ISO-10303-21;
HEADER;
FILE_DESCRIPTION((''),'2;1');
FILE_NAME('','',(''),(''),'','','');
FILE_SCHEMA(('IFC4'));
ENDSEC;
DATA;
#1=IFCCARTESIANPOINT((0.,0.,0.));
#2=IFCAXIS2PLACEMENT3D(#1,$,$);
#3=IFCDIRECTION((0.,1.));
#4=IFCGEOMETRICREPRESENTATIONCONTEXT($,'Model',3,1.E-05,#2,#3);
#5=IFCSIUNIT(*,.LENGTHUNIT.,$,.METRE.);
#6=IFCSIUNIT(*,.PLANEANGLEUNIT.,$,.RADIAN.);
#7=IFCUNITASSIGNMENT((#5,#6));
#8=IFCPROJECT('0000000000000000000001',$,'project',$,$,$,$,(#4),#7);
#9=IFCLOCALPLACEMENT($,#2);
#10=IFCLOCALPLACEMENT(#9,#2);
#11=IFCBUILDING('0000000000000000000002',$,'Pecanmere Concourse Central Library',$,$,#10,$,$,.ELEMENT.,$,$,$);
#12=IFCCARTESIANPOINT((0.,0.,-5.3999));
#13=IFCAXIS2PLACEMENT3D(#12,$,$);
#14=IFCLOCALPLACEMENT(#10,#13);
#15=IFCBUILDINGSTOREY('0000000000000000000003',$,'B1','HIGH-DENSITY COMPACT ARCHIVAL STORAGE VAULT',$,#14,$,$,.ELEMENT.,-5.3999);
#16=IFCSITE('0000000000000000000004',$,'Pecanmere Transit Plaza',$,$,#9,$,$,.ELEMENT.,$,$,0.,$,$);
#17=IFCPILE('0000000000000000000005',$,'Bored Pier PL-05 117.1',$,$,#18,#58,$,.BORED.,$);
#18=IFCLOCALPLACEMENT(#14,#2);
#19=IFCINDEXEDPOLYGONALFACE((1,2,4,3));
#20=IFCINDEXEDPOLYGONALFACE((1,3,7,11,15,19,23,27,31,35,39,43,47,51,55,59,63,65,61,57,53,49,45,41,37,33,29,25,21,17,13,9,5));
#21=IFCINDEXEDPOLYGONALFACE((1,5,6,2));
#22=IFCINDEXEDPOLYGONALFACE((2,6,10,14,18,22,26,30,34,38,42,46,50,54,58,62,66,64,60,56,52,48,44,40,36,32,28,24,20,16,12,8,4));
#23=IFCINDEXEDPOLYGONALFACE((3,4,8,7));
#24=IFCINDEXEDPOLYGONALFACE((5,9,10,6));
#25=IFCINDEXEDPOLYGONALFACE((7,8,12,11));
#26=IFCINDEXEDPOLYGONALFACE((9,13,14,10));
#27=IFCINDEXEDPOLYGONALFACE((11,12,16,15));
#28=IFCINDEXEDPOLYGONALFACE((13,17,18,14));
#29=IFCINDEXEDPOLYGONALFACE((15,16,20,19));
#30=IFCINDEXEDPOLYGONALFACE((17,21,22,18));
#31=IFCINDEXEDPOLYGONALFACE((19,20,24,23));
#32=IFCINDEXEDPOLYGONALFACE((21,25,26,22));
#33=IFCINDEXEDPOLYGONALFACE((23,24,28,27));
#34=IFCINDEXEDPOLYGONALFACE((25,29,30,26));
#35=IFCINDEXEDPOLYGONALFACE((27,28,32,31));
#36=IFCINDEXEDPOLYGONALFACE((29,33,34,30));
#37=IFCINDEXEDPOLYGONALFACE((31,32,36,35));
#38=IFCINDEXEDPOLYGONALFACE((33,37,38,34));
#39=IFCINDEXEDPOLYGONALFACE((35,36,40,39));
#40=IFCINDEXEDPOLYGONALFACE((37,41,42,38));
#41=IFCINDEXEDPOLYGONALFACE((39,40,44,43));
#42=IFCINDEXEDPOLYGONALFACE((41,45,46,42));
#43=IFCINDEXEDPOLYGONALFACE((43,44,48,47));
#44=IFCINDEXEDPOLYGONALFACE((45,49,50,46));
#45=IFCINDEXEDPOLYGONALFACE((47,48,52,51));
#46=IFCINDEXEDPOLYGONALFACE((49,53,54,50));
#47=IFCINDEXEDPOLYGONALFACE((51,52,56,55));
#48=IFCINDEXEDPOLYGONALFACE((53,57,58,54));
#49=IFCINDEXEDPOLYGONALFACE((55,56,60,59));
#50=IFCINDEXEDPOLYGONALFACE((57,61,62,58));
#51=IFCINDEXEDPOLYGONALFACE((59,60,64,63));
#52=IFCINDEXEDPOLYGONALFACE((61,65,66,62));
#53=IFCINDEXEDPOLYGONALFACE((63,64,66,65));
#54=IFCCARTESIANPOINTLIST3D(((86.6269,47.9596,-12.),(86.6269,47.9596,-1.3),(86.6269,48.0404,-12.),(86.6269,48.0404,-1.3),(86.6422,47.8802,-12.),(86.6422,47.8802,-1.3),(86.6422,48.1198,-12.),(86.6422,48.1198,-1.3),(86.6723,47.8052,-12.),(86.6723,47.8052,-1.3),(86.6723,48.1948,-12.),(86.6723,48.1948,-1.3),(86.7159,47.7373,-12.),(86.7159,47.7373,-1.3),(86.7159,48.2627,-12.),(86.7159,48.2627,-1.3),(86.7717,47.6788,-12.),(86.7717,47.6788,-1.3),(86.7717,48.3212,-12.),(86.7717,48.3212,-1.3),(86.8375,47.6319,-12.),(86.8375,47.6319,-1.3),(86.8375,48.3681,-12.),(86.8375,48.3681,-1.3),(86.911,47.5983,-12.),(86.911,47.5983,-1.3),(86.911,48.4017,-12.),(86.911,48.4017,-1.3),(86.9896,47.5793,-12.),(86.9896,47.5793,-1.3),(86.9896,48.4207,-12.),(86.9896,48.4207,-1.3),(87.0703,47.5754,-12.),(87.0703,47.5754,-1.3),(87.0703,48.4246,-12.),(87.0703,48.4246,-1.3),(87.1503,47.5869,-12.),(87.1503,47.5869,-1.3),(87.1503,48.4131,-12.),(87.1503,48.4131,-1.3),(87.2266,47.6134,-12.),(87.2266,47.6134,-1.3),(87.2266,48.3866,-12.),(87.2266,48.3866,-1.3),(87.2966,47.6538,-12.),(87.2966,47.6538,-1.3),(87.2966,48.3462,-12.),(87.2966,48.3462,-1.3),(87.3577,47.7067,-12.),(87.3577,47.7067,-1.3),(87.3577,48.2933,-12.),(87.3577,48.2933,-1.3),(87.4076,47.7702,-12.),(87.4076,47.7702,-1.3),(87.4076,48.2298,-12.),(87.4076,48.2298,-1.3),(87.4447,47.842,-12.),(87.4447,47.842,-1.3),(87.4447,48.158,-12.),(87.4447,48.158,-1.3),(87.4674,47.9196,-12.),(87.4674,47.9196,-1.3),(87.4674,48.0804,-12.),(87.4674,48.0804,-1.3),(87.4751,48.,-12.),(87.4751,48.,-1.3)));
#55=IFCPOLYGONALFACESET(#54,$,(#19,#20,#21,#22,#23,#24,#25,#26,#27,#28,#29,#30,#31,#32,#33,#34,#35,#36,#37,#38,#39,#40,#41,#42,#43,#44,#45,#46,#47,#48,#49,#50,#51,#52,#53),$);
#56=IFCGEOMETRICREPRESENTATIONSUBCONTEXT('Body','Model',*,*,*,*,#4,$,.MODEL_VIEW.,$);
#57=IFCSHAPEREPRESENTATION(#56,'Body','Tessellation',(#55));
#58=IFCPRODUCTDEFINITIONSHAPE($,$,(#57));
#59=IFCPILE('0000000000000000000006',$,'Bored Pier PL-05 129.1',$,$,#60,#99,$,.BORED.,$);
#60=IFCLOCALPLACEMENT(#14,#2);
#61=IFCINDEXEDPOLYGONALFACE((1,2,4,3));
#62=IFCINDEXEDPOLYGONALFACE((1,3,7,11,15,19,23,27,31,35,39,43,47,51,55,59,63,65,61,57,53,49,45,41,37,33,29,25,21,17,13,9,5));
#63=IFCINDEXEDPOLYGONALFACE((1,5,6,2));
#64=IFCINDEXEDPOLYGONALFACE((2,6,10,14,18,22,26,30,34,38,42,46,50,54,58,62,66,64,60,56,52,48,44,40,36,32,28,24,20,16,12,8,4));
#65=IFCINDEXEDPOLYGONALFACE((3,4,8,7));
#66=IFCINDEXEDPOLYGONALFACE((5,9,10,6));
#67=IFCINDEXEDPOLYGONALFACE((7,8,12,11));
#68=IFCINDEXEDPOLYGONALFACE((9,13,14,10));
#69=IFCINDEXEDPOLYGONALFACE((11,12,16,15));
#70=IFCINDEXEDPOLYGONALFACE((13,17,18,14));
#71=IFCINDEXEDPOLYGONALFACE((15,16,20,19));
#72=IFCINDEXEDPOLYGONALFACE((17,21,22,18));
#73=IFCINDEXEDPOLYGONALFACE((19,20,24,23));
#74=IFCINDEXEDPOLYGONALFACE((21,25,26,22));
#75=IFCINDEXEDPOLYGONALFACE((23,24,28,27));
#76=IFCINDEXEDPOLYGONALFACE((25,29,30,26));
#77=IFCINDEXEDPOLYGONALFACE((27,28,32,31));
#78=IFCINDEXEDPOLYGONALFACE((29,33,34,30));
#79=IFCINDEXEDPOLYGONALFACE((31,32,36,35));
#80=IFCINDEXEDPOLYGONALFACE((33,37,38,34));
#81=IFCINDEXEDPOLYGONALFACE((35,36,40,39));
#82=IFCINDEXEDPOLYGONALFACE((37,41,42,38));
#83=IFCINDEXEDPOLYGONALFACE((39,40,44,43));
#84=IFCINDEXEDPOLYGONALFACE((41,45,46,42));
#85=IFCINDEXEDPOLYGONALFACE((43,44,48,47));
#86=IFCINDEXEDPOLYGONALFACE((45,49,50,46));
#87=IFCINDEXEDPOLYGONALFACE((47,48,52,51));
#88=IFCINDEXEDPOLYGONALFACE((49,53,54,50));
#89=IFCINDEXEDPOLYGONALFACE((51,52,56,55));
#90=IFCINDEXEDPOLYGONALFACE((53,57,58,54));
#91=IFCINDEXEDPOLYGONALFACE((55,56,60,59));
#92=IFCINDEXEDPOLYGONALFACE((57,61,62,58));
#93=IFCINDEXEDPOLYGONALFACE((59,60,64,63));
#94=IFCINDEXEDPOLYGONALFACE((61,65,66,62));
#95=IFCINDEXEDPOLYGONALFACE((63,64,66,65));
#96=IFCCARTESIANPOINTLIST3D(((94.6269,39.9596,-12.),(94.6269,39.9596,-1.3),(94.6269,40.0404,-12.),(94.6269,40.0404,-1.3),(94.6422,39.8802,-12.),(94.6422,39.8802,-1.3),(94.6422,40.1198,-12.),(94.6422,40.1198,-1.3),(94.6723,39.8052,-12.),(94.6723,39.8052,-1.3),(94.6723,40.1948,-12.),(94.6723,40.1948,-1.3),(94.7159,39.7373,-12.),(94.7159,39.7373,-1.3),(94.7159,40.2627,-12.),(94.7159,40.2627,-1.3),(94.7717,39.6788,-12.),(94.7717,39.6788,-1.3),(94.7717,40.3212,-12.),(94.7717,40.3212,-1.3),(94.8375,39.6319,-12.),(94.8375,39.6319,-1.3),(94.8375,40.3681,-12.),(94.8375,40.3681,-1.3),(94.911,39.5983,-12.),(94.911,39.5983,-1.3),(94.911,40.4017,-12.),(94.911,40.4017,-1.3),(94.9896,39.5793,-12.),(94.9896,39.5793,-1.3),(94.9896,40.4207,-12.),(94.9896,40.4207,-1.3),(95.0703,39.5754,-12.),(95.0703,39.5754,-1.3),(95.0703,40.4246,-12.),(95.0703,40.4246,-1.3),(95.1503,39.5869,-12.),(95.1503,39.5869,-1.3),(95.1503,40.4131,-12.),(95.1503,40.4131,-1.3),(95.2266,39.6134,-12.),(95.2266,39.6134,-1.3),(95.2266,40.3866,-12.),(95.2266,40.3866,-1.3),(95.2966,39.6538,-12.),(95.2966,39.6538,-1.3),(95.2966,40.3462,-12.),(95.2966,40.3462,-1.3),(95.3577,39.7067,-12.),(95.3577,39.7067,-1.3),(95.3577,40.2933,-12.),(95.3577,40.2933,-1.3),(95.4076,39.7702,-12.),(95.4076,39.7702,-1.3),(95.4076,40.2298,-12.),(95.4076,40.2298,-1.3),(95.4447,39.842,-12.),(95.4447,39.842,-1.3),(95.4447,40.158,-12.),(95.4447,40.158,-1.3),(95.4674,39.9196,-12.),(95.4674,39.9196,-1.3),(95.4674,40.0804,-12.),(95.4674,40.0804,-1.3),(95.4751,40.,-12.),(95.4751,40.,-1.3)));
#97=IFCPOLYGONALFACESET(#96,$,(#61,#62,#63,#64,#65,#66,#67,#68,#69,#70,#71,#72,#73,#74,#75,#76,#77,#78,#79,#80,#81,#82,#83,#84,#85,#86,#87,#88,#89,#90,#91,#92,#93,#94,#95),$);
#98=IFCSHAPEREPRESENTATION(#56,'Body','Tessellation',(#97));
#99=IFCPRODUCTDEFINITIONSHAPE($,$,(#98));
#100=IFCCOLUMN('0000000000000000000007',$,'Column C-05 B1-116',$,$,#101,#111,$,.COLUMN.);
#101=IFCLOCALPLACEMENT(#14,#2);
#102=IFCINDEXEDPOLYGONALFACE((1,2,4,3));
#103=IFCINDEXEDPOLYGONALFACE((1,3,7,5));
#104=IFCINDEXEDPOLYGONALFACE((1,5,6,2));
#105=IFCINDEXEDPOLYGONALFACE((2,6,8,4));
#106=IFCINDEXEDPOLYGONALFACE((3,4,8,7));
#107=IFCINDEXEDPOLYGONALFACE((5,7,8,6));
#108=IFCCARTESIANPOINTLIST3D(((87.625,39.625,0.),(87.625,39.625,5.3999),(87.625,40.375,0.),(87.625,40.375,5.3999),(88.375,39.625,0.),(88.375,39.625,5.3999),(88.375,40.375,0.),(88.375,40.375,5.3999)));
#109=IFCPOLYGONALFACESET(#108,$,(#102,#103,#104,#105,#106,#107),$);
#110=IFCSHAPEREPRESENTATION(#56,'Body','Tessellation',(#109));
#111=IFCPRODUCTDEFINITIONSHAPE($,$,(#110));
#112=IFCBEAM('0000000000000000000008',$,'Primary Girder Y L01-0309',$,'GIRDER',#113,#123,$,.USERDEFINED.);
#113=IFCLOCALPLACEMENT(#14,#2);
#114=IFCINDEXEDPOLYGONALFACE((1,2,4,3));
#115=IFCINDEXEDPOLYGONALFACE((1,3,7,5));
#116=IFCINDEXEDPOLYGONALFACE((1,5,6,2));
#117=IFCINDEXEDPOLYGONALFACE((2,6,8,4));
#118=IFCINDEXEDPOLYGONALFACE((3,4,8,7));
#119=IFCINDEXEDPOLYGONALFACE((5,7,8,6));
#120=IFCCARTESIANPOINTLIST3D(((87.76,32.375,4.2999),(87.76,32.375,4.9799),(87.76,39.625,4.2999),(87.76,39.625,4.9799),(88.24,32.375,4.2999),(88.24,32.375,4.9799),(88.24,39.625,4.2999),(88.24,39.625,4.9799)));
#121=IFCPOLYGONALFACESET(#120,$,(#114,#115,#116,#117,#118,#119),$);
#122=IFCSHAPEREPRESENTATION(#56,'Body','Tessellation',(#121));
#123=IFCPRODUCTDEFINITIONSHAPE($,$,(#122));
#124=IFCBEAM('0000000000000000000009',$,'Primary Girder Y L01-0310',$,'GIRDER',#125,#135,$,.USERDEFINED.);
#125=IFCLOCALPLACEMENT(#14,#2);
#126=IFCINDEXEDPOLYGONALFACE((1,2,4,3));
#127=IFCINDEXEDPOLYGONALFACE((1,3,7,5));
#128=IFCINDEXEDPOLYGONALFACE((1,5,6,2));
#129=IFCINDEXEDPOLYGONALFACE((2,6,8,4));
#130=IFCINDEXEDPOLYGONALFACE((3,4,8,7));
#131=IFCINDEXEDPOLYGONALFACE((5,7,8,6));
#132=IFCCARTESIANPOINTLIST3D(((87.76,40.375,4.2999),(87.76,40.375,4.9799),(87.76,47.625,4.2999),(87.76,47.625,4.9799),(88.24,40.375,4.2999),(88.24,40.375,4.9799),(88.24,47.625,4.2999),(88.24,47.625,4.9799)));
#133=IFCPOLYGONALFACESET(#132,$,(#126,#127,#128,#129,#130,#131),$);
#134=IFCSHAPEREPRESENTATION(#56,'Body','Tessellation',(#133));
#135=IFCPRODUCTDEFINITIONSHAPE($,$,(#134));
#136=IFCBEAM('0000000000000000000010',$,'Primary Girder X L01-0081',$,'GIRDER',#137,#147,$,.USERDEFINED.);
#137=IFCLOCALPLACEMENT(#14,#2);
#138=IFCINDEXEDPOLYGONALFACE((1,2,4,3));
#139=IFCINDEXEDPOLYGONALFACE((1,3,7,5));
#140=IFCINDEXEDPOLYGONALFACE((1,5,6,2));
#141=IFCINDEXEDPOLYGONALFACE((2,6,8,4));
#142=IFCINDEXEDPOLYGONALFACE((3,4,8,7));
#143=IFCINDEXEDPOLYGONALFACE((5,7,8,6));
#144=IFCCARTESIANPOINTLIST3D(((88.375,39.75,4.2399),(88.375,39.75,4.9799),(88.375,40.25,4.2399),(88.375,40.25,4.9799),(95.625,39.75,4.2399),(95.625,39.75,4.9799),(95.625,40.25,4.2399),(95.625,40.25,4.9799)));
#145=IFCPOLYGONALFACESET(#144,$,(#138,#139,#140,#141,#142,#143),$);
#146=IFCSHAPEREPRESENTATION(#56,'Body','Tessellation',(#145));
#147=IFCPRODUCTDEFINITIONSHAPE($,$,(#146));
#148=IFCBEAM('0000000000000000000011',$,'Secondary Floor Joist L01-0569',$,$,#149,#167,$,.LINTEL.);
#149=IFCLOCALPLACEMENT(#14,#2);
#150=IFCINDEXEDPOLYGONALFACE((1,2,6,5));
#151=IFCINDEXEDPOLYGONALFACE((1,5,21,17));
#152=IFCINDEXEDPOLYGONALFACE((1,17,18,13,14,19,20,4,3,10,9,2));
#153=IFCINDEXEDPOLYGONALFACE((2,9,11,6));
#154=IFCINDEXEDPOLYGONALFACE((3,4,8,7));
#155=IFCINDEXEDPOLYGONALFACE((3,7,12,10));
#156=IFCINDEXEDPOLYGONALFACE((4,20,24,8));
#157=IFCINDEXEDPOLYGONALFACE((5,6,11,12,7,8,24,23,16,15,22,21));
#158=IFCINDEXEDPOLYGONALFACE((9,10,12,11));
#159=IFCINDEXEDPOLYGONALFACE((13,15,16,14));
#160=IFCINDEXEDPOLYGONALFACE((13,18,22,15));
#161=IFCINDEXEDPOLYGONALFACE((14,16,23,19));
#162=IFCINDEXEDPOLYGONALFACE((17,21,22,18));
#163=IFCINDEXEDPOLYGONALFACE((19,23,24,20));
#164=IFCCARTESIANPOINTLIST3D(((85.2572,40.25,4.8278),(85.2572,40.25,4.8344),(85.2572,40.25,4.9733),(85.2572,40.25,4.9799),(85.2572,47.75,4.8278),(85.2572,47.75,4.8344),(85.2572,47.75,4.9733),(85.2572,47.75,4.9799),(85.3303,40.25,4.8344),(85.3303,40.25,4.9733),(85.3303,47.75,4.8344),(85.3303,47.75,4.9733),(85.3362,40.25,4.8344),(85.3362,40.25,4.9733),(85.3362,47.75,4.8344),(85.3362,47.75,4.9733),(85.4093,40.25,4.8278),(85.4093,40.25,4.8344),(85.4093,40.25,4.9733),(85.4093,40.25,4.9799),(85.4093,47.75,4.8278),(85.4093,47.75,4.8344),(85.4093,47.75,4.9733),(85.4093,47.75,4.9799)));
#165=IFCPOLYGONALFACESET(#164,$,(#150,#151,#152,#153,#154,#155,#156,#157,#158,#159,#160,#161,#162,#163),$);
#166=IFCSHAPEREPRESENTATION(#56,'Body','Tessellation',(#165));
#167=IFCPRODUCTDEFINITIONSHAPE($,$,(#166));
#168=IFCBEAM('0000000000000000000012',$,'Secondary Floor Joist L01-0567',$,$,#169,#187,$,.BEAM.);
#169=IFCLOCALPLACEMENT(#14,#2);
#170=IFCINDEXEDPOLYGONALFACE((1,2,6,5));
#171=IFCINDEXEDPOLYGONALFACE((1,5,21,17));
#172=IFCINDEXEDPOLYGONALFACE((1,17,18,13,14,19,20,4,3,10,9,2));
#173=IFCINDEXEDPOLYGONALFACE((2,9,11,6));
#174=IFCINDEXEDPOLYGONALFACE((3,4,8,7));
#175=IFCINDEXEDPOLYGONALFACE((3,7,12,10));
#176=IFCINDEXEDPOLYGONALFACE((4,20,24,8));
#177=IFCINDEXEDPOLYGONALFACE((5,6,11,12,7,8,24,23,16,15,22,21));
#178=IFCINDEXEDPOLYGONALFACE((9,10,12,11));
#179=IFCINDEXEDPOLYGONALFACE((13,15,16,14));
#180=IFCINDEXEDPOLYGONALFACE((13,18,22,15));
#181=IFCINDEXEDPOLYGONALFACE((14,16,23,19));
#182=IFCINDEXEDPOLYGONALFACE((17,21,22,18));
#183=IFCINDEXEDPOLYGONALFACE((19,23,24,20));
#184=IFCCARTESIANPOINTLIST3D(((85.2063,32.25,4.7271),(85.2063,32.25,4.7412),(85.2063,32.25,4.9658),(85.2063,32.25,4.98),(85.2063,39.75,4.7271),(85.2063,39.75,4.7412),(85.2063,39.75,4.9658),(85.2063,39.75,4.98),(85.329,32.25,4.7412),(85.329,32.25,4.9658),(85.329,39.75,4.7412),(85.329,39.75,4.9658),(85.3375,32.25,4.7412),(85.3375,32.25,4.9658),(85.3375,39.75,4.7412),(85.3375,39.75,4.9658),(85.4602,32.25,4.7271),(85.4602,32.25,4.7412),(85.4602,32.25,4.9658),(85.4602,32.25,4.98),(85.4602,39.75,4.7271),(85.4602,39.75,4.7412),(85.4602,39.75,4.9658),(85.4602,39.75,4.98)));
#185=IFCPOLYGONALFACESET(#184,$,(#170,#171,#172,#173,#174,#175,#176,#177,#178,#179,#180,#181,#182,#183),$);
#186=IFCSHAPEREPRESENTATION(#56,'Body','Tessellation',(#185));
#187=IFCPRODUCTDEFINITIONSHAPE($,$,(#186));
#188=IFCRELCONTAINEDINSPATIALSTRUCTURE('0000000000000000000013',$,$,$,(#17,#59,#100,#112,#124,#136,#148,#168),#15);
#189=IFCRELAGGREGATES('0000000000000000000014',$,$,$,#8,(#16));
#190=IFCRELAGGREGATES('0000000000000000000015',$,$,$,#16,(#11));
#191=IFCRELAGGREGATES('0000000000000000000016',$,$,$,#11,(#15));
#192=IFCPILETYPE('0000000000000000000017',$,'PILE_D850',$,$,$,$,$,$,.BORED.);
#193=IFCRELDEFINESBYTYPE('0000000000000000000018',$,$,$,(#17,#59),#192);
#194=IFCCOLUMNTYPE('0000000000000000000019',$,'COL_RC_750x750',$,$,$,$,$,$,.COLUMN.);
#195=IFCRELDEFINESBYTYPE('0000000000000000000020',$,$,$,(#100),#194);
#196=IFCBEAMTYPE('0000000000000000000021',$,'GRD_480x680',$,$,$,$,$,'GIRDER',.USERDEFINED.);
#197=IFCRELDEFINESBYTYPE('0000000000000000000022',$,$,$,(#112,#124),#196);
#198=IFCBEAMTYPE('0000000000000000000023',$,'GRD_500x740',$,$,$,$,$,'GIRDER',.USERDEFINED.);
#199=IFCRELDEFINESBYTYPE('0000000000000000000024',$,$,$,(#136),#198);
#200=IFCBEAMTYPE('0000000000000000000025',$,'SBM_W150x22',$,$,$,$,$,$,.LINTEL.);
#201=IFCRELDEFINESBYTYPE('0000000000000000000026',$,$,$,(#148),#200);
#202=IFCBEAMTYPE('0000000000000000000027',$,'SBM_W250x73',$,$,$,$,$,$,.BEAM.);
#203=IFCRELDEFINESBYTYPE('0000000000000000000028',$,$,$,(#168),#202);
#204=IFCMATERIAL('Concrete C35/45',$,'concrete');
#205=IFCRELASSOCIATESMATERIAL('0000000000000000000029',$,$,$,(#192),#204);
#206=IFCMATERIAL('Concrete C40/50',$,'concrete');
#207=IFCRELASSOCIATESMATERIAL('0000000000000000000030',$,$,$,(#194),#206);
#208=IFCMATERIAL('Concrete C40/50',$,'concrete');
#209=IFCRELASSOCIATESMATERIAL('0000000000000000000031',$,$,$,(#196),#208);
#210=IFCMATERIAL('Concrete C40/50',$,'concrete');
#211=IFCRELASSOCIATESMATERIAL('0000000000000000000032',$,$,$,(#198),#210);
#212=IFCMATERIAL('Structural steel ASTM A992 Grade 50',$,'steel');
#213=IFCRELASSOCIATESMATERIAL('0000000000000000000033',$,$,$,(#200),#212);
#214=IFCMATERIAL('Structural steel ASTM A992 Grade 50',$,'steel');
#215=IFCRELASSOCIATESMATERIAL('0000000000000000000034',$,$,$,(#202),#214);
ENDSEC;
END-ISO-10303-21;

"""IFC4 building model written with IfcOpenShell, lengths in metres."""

from ifc_helpers import new_model, si_unit, direction, frame, origin, origin_2d, place, context, subcontext, project, spatial, rectangle, circle, i_section, extrude, material, material_profile, profile_set, type_object, element, save


model = new_model("IFC4")

# Units and contexts
model_context = context("Model", 3, precision=1e-05, world=origin(), true_north=direction((0.0, 1.0)))
body_context = subcontext(model_context, "Body", "Model", "MODEL_VIEW")
ifc_project = project(units=[si_unit("LENGTHUNIT", "METRE"), si_unit("PLANEANGLEUNIT", "RADIAN")], contexts=[model_context])

# Site, building, storey
site_placement = place(None, origin())
site = spatial("IfcSite", under=ifc_project, at=site_placement, Name="Pecanmere Transit Plaza", CompositionType="ELEMENT", RefElevation=0.0)
building_placement = place(site_placement, origin())
building = spatial("IfcBuilding", under=site, at=building_placement, Name="Pecanmere Concourse Central Library", CompositionType="ELEMENT")
storey_placement = place(building_placement, frame((0.0, 0.0, -5.3999)))
storey = spatial("IfcBuildingStorey", under=building, at=storey_placement, Name="B1", Description="HIGH-DENSITY COMPACT ARCHIVAL STORAGE VAULT", CompositionType="ELEMENT", Elevation=-5.3999)

# Piles
ifc_material_1 = material(Name="Concrete C35/45", Category="concrete")
ifc_material_profile_1 = material_profile(ifc_material_1, circle(Radius=0.425, at=origin_2d()), Name="PIER D850")
ifc_profile_set_1 = profile_set([ifc_material_profile_1], Name="Concrete C35/45")
pile_type = type_object("IfcPileType", Name="PILE_D850", PredefinedType="BORED", material=ifc_profile_set_1)
for number, where, z_axis, x_axis, name in (
    (1, (87.05, 48.0, -1.3), (0.0, 0.0, -1.0), (1.0, 0.0, 0.0), "Bored Pier PL-05 117.1"),
    (2, (95.05, 40.0, -1.3), (0.0, 0.0, -1.0), (1.0, 0.0, 0.0), "Bored Pier PL-05 129.1"),
):
    element("IfcPile", number, at=place(storey_placement, frame(where, z_axis=z_axis, x_axis=x_axis)), inside=storey, type_object=pile_type, Name=name, PredefinedType="BORED", context=body_context, shape_type="SweptSolid", body=[
        extrude(circle(Radius=0.425, at=origin_2d()), origin(), (0.0, 0.0, 1.0), 10.7),
    ])

# Column
ifc_material_2 = material(Name="Concrete C40/50", Category="concrete")
ifc_material_profile_2 = material_profile(ifc_material_2, rectangle(XDim=0.75, YDim=0.75, at=origin_2d()), Name="RC 750x750")
ifc_profile_set_2 = profile_set([ifc_material_profile_2], Name="Concrete C40/50")
column_type = type_object("IfcColumnType", Name="COL_RC_750x750", PredefinedType="COLUMN", material=ifc_profile_set_2)
column_placement = place(storey_placement, frame((88.0, 40.0, 0.0), z_axis=(0.0, 0.0, 1.0), x_axis=(1.0, 0.0, 0.0)))
element("IfcColumn", 3, at=column_placement, inside=storey, type_object=column_type, Name="Column C-05 B1-116", PredefinedType="COLUMN", context=body_context, shape_type="SweptSolid", body=[
    extrude(rectangle(XDim=0.75, YDim=0.75, at=origin_2d()), origin(), (0.0, 0.0, 1.0), 5.3999),
])

# Beams
ifc_material_3 = material(Name="Concrete C40/50", Category="concrete")
ifc_material_profile_3 = material_profile(ifc_material_3, rectangle(XDim=0.48, YDim=0.6799, at=origin_2d()), Name="RC 480x680")
ifc_profile_set_3 = profile_set([ifc_material_profile_3], Name="Concrete C40/50")
beam_type_1 = type_object("IfcBeamType", Name="GRD_480x680", ElementType="GIRDER", PredefinedType="USERDEFINED", material=ifc_profile_set_3)
for number, where, z_axis, x_axis, name in (
    (4, (88.0, 32.375, 4.6399), (0.0, 1.0, 0.0), (-1.0, 0.0, 0.0), "Primary Girder Y L01-0309"),
    (5, (88.0, 40.375, 4.6399), (0.0, 1.0, 0.0), (-1.0, 0.0, 0.0), "Primary Girder Y L01-0310"),
):
    element("IfcBeam", number, at=place(storey_placement, frame(where, z_axis=z_axis, x_axis=x_axis)), inside=storey, type_object=beam_type_1, Name=name, ObjectType="GIRDER", PredefinedType="USERDEFINED", context=body_context, shape_type="SweptSolid", body=[
        extrude(rectangle(XDim=0.48, YDim=0.6799, at=origin_2d()), origin(), (0.0, 0.0, 1.0), 7.25),
    ])
ifc_material_4 = material(Name="Concrete C40/50", Category="concrete")
ifc_material_profile_4 = material_profile(ifc_material_4, rectangle(XDim=0.5, YDim=0.74, at=origin_2d()), Name="RC 500x740")
ifc_profile_set_4 = profile_set([ifc_material_profile_4], Name="Concrete C40/50")
beam_type_2 = type_object("IfcBeamType", Name="GRD_500x740", ElementType="GIRDER", PredefinedType="USERDEFINED", material=ifc_profile_set_4)
beam_1_placement = place(storey_placement, frame((88.375, 40.0, 4.6099), z_axis=(1.0, 0.0, 0.0), x_axis=(0.0, 1.0, 0.0)))
element("IfcBeam", 6, at=beam_1_placement, inside=storey, type_object=beam_type_2, Name="Primary Girder X L01-0081", ObjectType="GIRDER", PredefinedType="USERDEFINED", context=body_context, shape_type="SweptSolid", body=[
    extrude(rectangle(XDim=0.5, YDim=0.74, at=origin_2d()), origin(), (0.0, 0.0, 1.0), 7.25),
])
ifc_material_5 = material(Name="Structural steel ASTM A992 Grade 50", Category="steel")
ifc_material_profile_5 = material_profile(ifc_material_5, i_section(OverallWidth=0.1521, OverallDepth=0.1521, WebThickness=0.0059, FlangeThickness=0.0066, at=origin_2d()), Name="W150x22.5")
ifc_profile_set_5 = profile_set([ifc_material_profile_5], Name="Structural steel ASTM A992 Grade 50")
beam_type_3 = type_object("IfcBeamType", Name="SBM_W150x22", PredefinedType="LINTEL", material=ifc_profile_set_5)
beam_2_placement = place(storey_placement, frame((85.3333, 40.25, 4.9038), z_axis=(0.0, 1.0, 0.0), x_axis=(-1.0, 0.0, 0.0)))
element("IfcBeam", 7, at=beam_2_placement, inside=storey, type_object=beam_type_3, Name="Secondary Floor Joist L01-0569", PredefinedType="LINTEL", context=body_context, shape_type="SweptSolid", body=[
    extrude(i_section(OverallWidth=0.1521, OverallDepth=0.1521, WebThickness=0.0059, FlangeThickness=0.0066, at=origin_2d()), origin(), (0.0, 0.0, 1.0), 7.5),
])
ifc_material_6 = material(Name="Structural steel ASTM A992 Grade 50", Category="steel")
ifc_material_profile_6 = material_profile(ifc_material_6, i_section(OverallWidth=0.2539, OverallDepth=0.2529, WebThickness=0.0085, FlangeThickness=0.0142, at=origin_2d()), Name="W250x73")
ifc_profile_set_6 = profile_set([ifc_material_profile_6], Name="Structural steel ASTM A992 Grade 50")
beam_type_4 = type_object("IfcBeamType", Name="SBM_W250x73", PredefinedType="BEAM", material=ifc_profile_set_6)
beam_3_placement = place(storey_placement, frame((85.3333, 32.25, 4.8535), z_axis=(0.0, 1.0, 0.0), x_axis=(-1.0, 0.0, 0.0)))
element("IfcBeam", 8, at=beam_3_placement, inside=storey, type_object=beam_type_4, Name="Secondary Floor Joist L01-0567", PredefinedType="BEAM", context=body_context, shape_type="SweptSolid", body=[
    extrude(i_section(OverallWidth=0.2539, OverallDepth=0.2529, WebThickness=0.0085, FlangeThickness=0.0142, at=origin_2d()), origin(), (0.0, 0.0, 1.0), 7.5),
])

save(model, "model.ifc")
